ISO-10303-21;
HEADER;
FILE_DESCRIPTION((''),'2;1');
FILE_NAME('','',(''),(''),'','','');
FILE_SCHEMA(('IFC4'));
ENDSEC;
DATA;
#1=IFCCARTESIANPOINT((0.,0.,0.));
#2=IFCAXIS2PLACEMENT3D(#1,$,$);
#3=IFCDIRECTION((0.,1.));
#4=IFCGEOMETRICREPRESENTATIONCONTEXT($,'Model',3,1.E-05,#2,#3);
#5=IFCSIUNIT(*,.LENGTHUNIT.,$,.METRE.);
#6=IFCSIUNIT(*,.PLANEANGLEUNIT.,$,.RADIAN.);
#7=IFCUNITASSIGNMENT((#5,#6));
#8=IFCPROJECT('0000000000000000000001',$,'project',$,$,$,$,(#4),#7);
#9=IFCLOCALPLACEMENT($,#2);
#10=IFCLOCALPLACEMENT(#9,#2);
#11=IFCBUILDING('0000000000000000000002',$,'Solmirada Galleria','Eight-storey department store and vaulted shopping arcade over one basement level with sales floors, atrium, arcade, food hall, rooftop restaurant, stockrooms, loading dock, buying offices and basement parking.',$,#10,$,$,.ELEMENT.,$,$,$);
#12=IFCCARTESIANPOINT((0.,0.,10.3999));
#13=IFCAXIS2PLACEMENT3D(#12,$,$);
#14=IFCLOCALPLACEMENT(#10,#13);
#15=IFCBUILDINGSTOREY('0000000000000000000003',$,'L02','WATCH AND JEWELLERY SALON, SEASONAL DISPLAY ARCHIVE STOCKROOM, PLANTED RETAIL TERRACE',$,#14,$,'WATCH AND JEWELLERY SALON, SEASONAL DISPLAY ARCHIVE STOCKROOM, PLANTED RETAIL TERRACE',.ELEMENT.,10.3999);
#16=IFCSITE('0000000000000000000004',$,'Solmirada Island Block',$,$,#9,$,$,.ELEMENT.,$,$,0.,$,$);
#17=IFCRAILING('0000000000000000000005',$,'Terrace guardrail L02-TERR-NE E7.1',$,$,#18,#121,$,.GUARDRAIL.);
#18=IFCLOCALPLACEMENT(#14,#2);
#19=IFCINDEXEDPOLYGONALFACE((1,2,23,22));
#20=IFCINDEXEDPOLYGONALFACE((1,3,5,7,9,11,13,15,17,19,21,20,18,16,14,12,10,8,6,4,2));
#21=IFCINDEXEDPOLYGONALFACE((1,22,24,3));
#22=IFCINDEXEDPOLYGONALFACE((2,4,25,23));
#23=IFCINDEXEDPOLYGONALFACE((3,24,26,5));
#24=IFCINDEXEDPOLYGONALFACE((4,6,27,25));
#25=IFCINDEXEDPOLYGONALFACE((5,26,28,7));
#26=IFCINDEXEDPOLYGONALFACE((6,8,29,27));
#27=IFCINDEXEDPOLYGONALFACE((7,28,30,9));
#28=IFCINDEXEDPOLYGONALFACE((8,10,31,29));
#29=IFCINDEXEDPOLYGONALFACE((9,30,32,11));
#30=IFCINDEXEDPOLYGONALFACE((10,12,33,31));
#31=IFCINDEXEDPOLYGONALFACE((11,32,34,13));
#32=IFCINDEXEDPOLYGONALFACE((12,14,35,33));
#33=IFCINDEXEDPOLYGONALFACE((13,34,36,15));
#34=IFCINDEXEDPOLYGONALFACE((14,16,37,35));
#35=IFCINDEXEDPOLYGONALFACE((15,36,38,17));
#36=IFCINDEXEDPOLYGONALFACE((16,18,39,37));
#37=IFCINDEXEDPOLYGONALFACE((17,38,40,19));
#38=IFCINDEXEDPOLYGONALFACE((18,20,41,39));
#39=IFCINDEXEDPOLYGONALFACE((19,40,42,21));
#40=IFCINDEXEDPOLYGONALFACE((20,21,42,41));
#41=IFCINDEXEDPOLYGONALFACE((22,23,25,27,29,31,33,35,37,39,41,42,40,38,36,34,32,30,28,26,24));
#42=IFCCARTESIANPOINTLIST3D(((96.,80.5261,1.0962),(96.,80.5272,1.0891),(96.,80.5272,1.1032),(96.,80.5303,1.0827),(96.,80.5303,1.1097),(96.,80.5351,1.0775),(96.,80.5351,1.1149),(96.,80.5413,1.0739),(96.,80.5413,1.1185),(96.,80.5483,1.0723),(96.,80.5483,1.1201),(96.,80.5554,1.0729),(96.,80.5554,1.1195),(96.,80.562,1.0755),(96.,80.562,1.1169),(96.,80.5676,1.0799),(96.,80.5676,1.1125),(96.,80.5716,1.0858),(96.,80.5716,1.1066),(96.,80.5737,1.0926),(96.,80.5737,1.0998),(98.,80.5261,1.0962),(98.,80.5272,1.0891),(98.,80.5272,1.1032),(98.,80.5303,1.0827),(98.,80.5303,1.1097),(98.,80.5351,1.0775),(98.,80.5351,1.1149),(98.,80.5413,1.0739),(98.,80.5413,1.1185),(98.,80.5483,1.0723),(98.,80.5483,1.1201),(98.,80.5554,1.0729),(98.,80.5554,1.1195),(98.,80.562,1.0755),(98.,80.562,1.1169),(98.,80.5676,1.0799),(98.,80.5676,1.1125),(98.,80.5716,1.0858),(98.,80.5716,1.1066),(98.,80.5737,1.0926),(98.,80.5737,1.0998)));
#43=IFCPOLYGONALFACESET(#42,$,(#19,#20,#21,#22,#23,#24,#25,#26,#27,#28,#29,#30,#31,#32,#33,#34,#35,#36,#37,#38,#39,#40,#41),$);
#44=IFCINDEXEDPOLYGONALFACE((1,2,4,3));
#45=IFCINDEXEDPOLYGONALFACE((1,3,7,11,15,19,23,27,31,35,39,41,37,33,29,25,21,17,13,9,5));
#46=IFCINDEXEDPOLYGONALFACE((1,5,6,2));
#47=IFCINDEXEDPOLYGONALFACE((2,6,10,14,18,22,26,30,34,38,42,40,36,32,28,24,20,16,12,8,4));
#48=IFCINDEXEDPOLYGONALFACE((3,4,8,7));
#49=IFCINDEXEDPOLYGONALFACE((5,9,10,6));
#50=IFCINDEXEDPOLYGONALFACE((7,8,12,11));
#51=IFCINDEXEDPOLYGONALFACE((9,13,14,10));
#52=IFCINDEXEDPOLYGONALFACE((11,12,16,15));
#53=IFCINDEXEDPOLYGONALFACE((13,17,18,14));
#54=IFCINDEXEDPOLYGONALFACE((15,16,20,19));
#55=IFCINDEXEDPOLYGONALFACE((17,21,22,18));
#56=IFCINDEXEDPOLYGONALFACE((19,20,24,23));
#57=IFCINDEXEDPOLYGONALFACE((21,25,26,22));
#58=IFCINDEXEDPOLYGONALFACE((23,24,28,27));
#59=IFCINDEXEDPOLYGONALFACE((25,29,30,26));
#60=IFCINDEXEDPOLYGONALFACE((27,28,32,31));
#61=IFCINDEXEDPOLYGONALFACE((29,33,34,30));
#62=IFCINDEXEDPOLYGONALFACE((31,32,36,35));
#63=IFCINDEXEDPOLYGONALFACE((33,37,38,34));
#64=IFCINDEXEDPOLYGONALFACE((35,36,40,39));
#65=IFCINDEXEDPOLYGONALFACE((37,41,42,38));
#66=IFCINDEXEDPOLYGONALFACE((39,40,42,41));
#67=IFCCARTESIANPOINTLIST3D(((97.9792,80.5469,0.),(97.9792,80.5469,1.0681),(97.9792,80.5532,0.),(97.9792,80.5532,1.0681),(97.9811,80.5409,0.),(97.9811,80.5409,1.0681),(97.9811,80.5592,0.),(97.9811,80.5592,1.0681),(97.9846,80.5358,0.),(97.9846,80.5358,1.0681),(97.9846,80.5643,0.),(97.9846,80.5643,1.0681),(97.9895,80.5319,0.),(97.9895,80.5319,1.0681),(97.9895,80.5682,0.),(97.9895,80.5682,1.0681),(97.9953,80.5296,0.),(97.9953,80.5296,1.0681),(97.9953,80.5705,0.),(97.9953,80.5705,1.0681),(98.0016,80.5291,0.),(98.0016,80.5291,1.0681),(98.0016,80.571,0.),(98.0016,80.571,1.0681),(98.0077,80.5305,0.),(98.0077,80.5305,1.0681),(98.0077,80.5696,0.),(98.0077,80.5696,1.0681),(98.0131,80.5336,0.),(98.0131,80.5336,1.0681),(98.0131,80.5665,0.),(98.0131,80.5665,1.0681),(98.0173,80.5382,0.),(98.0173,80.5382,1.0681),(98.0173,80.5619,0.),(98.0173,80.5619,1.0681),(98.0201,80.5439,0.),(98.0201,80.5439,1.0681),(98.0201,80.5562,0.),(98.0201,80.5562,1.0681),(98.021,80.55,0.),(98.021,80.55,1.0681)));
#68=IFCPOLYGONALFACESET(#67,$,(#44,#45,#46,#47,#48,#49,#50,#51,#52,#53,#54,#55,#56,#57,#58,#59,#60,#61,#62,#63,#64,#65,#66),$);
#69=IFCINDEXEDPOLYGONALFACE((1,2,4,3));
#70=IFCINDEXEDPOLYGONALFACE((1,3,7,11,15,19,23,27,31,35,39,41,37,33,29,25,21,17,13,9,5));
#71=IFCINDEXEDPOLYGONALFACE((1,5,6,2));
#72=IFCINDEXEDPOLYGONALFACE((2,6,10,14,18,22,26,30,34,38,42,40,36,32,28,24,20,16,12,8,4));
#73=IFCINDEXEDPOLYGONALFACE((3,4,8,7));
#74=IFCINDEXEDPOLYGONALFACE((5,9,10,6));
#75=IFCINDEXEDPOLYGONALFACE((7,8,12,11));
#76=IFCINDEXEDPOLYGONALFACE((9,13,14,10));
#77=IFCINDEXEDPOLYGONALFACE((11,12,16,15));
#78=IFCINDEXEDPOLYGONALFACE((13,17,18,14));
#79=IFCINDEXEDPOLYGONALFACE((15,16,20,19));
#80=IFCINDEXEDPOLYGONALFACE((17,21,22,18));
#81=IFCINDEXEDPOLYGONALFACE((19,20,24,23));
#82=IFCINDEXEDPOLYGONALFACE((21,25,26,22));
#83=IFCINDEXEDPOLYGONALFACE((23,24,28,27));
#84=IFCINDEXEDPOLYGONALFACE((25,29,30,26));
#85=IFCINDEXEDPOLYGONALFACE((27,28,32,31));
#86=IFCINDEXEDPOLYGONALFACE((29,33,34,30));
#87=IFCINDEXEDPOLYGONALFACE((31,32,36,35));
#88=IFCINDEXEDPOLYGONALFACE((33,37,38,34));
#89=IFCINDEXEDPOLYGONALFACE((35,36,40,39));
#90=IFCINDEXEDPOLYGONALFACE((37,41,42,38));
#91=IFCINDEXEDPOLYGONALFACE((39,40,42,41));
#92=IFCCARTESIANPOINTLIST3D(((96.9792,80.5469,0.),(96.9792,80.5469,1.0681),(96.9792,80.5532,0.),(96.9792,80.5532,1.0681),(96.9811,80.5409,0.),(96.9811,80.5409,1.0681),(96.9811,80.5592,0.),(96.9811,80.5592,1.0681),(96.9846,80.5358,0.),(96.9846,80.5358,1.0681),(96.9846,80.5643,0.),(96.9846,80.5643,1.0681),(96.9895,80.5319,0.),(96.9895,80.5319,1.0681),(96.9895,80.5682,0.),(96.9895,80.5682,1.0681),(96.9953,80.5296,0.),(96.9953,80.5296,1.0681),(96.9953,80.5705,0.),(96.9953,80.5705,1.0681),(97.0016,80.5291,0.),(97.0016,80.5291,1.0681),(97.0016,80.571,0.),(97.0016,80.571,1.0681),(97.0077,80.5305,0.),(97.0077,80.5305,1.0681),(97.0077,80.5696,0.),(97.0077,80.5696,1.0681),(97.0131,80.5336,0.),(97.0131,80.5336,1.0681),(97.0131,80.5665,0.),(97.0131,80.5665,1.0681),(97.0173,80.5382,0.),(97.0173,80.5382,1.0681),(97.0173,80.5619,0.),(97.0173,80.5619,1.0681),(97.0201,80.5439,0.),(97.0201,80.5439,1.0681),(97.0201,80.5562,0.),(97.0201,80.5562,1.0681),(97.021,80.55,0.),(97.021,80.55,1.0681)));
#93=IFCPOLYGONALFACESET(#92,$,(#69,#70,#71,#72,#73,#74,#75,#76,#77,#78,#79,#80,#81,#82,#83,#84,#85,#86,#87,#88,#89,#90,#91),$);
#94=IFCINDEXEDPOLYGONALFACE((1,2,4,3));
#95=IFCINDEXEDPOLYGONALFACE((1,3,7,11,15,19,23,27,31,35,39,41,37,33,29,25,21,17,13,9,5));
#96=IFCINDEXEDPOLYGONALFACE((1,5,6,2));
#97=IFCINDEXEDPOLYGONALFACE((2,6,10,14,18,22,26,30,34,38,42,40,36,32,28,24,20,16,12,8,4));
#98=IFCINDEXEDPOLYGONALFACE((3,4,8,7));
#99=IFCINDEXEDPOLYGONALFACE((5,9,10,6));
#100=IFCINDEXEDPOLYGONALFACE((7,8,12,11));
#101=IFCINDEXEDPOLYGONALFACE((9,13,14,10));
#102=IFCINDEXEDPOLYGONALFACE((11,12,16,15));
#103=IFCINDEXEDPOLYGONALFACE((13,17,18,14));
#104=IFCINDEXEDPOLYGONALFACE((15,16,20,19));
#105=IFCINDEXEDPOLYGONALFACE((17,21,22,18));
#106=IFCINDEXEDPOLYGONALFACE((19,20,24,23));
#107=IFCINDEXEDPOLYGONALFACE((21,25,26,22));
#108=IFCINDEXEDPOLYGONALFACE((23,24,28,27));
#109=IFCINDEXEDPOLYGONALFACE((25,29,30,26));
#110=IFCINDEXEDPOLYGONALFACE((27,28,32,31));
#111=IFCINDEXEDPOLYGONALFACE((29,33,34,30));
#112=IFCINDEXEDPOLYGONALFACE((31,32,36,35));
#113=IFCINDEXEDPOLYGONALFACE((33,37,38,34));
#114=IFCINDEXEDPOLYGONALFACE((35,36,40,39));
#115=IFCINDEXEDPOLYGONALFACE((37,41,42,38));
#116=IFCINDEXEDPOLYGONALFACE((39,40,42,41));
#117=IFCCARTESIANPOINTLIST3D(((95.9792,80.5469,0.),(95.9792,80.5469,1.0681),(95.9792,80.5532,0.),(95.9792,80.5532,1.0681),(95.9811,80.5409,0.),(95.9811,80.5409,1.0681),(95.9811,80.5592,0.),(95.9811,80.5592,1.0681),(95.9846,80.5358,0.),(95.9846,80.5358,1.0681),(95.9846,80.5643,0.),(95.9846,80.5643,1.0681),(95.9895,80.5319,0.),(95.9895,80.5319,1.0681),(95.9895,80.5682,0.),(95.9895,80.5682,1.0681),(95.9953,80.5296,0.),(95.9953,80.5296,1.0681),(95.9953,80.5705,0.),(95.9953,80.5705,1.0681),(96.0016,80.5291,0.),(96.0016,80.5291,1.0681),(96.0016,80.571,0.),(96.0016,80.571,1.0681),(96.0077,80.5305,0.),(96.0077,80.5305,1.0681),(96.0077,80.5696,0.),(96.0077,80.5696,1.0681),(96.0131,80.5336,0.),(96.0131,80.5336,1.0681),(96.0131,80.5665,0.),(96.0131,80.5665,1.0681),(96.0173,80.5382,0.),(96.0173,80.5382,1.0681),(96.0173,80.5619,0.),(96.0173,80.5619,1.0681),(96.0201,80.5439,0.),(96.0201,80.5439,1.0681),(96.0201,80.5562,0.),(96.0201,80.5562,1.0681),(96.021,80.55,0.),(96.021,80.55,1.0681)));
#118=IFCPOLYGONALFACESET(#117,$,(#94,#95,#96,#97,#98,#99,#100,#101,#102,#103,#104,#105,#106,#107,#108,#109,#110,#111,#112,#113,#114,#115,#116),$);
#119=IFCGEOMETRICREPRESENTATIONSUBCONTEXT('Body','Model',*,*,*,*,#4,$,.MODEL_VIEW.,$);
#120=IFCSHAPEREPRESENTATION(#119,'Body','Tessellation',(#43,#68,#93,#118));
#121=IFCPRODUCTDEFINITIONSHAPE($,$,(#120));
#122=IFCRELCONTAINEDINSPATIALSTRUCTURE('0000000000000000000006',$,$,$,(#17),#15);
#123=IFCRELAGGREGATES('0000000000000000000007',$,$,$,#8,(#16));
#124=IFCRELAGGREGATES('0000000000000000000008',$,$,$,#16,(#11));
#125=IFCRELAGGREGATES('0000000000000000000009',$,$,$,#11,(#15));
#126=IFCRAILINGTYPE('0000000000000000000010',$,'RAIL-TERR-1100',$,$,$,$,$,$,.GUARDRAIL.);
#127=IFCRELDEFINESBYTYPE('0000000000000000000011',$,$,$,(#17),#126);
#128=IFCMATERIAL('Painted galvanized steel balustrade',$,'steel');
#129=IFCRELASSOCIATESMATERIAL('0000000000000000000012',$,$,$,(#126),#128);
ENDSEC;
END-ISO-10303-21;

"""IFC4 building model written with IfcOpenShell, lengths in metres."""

from ifc_helpers import new_model, si_unit, direction, frame, origin, origin_2d, place, context, subcontext, project, spatial, circle, extrude, material, type_object, element, save


model = new_model("IFC4")

# Units and contexts
model_context = context("Model", 3, precision=1e-05, world=origin(), true_north=direction((0.0, 1.0)))
body_context = subcontext(model_context, "Body", "Model", "MODEL_VIEW")
ifc_project = project(units=[si_unit("LENGTHUNIT", "METRE"), si_unit("PLANEANGLEUNIT", "RADIAN")], contexts=[model_context])

# Site, building, storey
site_placement = place(None, origin())
site = spatial("IfcSite", under=ifc_project, at=site_placement, Name="Solmirada Island Block", CompositionType="ELEMENT", RefElevation=0.0)
building_placement = place(site_placement, origin())
building = spatial("IfcBuilding", under=site, at=building_placement, Name="Solmirada Galleria", Description="Eight-storey department store and vaulted shopping arcade over one basement level with sales floors, atrium, arcade, food hall, rooftop restaurant, stockrooms, loading dock, buying offices and basement parking.", CompositionType="ELEMENT")
storey_placement = place(building_placement, frame((0.0, 0.0, 10.3999)))
storey = spatial("IfcBuildingStorey", under=building, at=storey_placement, Name="L02", Description="WATCH AND JEWELLERY SALON, SEASONAL DISPLAY ARCHIVE STOCKROOM, PLANTED RETAIL TERRACE", LongName="WATCH AND JEWELLERY SALON, SEASONAL DISPLAY ARCHIVE STOCKROOM, PLANTED RETAIL TERRACE", CompositionType="ELEMENT", Elevation=10.3999)

# Railing
ifc_material_1 = material(Name="Painted galvanized steel balustrade", Category="steel")
railing_type = type_object("IfcRailingType", Name="RAIL-TERR-1100", PredefinedType="GUARDRAIL", material=ifc_material_1)
railing_1_placement = place(storey_placement, frame((98.0, 80.55, 0.0)))
element("IfcRailing", 1, at=railing_1_placement, inside=storey, type_object=railing_type, Name="Terrace guardrail L02-TERR-NE E7.1", PredefinedType="GUARDRAIL", context=body_context, shape_type="SweptSolid", body=[
    extrude(circle(Radius=0.0239, at=origin_2d()), frame((0.0, 0.0, 1.0962), z_axis=(-1.0, 0.0, 0.0), x_axis=(0.0, -1.0, 0.0)), (0.0, 0.0, 1.0), 2.0),
    extrude(circle(Radius=0.021, at=origin_2d()), origin(), (0.0, 0.0, 1.0), 1.0681),
    extrude(circle(Radius=0.021, at=origin_2d()), frame((-1.0, 0.0, 0.0)), (0.0, 0.0, 1.0), 1.0681),
    extrude(circle(Radius=0.021, at=origin_2d()), frame((-2.0, 0.0, 0.0)), (0.0, 0.0, 1.0), 1.0681),
])

save(model, "model.ifc")
